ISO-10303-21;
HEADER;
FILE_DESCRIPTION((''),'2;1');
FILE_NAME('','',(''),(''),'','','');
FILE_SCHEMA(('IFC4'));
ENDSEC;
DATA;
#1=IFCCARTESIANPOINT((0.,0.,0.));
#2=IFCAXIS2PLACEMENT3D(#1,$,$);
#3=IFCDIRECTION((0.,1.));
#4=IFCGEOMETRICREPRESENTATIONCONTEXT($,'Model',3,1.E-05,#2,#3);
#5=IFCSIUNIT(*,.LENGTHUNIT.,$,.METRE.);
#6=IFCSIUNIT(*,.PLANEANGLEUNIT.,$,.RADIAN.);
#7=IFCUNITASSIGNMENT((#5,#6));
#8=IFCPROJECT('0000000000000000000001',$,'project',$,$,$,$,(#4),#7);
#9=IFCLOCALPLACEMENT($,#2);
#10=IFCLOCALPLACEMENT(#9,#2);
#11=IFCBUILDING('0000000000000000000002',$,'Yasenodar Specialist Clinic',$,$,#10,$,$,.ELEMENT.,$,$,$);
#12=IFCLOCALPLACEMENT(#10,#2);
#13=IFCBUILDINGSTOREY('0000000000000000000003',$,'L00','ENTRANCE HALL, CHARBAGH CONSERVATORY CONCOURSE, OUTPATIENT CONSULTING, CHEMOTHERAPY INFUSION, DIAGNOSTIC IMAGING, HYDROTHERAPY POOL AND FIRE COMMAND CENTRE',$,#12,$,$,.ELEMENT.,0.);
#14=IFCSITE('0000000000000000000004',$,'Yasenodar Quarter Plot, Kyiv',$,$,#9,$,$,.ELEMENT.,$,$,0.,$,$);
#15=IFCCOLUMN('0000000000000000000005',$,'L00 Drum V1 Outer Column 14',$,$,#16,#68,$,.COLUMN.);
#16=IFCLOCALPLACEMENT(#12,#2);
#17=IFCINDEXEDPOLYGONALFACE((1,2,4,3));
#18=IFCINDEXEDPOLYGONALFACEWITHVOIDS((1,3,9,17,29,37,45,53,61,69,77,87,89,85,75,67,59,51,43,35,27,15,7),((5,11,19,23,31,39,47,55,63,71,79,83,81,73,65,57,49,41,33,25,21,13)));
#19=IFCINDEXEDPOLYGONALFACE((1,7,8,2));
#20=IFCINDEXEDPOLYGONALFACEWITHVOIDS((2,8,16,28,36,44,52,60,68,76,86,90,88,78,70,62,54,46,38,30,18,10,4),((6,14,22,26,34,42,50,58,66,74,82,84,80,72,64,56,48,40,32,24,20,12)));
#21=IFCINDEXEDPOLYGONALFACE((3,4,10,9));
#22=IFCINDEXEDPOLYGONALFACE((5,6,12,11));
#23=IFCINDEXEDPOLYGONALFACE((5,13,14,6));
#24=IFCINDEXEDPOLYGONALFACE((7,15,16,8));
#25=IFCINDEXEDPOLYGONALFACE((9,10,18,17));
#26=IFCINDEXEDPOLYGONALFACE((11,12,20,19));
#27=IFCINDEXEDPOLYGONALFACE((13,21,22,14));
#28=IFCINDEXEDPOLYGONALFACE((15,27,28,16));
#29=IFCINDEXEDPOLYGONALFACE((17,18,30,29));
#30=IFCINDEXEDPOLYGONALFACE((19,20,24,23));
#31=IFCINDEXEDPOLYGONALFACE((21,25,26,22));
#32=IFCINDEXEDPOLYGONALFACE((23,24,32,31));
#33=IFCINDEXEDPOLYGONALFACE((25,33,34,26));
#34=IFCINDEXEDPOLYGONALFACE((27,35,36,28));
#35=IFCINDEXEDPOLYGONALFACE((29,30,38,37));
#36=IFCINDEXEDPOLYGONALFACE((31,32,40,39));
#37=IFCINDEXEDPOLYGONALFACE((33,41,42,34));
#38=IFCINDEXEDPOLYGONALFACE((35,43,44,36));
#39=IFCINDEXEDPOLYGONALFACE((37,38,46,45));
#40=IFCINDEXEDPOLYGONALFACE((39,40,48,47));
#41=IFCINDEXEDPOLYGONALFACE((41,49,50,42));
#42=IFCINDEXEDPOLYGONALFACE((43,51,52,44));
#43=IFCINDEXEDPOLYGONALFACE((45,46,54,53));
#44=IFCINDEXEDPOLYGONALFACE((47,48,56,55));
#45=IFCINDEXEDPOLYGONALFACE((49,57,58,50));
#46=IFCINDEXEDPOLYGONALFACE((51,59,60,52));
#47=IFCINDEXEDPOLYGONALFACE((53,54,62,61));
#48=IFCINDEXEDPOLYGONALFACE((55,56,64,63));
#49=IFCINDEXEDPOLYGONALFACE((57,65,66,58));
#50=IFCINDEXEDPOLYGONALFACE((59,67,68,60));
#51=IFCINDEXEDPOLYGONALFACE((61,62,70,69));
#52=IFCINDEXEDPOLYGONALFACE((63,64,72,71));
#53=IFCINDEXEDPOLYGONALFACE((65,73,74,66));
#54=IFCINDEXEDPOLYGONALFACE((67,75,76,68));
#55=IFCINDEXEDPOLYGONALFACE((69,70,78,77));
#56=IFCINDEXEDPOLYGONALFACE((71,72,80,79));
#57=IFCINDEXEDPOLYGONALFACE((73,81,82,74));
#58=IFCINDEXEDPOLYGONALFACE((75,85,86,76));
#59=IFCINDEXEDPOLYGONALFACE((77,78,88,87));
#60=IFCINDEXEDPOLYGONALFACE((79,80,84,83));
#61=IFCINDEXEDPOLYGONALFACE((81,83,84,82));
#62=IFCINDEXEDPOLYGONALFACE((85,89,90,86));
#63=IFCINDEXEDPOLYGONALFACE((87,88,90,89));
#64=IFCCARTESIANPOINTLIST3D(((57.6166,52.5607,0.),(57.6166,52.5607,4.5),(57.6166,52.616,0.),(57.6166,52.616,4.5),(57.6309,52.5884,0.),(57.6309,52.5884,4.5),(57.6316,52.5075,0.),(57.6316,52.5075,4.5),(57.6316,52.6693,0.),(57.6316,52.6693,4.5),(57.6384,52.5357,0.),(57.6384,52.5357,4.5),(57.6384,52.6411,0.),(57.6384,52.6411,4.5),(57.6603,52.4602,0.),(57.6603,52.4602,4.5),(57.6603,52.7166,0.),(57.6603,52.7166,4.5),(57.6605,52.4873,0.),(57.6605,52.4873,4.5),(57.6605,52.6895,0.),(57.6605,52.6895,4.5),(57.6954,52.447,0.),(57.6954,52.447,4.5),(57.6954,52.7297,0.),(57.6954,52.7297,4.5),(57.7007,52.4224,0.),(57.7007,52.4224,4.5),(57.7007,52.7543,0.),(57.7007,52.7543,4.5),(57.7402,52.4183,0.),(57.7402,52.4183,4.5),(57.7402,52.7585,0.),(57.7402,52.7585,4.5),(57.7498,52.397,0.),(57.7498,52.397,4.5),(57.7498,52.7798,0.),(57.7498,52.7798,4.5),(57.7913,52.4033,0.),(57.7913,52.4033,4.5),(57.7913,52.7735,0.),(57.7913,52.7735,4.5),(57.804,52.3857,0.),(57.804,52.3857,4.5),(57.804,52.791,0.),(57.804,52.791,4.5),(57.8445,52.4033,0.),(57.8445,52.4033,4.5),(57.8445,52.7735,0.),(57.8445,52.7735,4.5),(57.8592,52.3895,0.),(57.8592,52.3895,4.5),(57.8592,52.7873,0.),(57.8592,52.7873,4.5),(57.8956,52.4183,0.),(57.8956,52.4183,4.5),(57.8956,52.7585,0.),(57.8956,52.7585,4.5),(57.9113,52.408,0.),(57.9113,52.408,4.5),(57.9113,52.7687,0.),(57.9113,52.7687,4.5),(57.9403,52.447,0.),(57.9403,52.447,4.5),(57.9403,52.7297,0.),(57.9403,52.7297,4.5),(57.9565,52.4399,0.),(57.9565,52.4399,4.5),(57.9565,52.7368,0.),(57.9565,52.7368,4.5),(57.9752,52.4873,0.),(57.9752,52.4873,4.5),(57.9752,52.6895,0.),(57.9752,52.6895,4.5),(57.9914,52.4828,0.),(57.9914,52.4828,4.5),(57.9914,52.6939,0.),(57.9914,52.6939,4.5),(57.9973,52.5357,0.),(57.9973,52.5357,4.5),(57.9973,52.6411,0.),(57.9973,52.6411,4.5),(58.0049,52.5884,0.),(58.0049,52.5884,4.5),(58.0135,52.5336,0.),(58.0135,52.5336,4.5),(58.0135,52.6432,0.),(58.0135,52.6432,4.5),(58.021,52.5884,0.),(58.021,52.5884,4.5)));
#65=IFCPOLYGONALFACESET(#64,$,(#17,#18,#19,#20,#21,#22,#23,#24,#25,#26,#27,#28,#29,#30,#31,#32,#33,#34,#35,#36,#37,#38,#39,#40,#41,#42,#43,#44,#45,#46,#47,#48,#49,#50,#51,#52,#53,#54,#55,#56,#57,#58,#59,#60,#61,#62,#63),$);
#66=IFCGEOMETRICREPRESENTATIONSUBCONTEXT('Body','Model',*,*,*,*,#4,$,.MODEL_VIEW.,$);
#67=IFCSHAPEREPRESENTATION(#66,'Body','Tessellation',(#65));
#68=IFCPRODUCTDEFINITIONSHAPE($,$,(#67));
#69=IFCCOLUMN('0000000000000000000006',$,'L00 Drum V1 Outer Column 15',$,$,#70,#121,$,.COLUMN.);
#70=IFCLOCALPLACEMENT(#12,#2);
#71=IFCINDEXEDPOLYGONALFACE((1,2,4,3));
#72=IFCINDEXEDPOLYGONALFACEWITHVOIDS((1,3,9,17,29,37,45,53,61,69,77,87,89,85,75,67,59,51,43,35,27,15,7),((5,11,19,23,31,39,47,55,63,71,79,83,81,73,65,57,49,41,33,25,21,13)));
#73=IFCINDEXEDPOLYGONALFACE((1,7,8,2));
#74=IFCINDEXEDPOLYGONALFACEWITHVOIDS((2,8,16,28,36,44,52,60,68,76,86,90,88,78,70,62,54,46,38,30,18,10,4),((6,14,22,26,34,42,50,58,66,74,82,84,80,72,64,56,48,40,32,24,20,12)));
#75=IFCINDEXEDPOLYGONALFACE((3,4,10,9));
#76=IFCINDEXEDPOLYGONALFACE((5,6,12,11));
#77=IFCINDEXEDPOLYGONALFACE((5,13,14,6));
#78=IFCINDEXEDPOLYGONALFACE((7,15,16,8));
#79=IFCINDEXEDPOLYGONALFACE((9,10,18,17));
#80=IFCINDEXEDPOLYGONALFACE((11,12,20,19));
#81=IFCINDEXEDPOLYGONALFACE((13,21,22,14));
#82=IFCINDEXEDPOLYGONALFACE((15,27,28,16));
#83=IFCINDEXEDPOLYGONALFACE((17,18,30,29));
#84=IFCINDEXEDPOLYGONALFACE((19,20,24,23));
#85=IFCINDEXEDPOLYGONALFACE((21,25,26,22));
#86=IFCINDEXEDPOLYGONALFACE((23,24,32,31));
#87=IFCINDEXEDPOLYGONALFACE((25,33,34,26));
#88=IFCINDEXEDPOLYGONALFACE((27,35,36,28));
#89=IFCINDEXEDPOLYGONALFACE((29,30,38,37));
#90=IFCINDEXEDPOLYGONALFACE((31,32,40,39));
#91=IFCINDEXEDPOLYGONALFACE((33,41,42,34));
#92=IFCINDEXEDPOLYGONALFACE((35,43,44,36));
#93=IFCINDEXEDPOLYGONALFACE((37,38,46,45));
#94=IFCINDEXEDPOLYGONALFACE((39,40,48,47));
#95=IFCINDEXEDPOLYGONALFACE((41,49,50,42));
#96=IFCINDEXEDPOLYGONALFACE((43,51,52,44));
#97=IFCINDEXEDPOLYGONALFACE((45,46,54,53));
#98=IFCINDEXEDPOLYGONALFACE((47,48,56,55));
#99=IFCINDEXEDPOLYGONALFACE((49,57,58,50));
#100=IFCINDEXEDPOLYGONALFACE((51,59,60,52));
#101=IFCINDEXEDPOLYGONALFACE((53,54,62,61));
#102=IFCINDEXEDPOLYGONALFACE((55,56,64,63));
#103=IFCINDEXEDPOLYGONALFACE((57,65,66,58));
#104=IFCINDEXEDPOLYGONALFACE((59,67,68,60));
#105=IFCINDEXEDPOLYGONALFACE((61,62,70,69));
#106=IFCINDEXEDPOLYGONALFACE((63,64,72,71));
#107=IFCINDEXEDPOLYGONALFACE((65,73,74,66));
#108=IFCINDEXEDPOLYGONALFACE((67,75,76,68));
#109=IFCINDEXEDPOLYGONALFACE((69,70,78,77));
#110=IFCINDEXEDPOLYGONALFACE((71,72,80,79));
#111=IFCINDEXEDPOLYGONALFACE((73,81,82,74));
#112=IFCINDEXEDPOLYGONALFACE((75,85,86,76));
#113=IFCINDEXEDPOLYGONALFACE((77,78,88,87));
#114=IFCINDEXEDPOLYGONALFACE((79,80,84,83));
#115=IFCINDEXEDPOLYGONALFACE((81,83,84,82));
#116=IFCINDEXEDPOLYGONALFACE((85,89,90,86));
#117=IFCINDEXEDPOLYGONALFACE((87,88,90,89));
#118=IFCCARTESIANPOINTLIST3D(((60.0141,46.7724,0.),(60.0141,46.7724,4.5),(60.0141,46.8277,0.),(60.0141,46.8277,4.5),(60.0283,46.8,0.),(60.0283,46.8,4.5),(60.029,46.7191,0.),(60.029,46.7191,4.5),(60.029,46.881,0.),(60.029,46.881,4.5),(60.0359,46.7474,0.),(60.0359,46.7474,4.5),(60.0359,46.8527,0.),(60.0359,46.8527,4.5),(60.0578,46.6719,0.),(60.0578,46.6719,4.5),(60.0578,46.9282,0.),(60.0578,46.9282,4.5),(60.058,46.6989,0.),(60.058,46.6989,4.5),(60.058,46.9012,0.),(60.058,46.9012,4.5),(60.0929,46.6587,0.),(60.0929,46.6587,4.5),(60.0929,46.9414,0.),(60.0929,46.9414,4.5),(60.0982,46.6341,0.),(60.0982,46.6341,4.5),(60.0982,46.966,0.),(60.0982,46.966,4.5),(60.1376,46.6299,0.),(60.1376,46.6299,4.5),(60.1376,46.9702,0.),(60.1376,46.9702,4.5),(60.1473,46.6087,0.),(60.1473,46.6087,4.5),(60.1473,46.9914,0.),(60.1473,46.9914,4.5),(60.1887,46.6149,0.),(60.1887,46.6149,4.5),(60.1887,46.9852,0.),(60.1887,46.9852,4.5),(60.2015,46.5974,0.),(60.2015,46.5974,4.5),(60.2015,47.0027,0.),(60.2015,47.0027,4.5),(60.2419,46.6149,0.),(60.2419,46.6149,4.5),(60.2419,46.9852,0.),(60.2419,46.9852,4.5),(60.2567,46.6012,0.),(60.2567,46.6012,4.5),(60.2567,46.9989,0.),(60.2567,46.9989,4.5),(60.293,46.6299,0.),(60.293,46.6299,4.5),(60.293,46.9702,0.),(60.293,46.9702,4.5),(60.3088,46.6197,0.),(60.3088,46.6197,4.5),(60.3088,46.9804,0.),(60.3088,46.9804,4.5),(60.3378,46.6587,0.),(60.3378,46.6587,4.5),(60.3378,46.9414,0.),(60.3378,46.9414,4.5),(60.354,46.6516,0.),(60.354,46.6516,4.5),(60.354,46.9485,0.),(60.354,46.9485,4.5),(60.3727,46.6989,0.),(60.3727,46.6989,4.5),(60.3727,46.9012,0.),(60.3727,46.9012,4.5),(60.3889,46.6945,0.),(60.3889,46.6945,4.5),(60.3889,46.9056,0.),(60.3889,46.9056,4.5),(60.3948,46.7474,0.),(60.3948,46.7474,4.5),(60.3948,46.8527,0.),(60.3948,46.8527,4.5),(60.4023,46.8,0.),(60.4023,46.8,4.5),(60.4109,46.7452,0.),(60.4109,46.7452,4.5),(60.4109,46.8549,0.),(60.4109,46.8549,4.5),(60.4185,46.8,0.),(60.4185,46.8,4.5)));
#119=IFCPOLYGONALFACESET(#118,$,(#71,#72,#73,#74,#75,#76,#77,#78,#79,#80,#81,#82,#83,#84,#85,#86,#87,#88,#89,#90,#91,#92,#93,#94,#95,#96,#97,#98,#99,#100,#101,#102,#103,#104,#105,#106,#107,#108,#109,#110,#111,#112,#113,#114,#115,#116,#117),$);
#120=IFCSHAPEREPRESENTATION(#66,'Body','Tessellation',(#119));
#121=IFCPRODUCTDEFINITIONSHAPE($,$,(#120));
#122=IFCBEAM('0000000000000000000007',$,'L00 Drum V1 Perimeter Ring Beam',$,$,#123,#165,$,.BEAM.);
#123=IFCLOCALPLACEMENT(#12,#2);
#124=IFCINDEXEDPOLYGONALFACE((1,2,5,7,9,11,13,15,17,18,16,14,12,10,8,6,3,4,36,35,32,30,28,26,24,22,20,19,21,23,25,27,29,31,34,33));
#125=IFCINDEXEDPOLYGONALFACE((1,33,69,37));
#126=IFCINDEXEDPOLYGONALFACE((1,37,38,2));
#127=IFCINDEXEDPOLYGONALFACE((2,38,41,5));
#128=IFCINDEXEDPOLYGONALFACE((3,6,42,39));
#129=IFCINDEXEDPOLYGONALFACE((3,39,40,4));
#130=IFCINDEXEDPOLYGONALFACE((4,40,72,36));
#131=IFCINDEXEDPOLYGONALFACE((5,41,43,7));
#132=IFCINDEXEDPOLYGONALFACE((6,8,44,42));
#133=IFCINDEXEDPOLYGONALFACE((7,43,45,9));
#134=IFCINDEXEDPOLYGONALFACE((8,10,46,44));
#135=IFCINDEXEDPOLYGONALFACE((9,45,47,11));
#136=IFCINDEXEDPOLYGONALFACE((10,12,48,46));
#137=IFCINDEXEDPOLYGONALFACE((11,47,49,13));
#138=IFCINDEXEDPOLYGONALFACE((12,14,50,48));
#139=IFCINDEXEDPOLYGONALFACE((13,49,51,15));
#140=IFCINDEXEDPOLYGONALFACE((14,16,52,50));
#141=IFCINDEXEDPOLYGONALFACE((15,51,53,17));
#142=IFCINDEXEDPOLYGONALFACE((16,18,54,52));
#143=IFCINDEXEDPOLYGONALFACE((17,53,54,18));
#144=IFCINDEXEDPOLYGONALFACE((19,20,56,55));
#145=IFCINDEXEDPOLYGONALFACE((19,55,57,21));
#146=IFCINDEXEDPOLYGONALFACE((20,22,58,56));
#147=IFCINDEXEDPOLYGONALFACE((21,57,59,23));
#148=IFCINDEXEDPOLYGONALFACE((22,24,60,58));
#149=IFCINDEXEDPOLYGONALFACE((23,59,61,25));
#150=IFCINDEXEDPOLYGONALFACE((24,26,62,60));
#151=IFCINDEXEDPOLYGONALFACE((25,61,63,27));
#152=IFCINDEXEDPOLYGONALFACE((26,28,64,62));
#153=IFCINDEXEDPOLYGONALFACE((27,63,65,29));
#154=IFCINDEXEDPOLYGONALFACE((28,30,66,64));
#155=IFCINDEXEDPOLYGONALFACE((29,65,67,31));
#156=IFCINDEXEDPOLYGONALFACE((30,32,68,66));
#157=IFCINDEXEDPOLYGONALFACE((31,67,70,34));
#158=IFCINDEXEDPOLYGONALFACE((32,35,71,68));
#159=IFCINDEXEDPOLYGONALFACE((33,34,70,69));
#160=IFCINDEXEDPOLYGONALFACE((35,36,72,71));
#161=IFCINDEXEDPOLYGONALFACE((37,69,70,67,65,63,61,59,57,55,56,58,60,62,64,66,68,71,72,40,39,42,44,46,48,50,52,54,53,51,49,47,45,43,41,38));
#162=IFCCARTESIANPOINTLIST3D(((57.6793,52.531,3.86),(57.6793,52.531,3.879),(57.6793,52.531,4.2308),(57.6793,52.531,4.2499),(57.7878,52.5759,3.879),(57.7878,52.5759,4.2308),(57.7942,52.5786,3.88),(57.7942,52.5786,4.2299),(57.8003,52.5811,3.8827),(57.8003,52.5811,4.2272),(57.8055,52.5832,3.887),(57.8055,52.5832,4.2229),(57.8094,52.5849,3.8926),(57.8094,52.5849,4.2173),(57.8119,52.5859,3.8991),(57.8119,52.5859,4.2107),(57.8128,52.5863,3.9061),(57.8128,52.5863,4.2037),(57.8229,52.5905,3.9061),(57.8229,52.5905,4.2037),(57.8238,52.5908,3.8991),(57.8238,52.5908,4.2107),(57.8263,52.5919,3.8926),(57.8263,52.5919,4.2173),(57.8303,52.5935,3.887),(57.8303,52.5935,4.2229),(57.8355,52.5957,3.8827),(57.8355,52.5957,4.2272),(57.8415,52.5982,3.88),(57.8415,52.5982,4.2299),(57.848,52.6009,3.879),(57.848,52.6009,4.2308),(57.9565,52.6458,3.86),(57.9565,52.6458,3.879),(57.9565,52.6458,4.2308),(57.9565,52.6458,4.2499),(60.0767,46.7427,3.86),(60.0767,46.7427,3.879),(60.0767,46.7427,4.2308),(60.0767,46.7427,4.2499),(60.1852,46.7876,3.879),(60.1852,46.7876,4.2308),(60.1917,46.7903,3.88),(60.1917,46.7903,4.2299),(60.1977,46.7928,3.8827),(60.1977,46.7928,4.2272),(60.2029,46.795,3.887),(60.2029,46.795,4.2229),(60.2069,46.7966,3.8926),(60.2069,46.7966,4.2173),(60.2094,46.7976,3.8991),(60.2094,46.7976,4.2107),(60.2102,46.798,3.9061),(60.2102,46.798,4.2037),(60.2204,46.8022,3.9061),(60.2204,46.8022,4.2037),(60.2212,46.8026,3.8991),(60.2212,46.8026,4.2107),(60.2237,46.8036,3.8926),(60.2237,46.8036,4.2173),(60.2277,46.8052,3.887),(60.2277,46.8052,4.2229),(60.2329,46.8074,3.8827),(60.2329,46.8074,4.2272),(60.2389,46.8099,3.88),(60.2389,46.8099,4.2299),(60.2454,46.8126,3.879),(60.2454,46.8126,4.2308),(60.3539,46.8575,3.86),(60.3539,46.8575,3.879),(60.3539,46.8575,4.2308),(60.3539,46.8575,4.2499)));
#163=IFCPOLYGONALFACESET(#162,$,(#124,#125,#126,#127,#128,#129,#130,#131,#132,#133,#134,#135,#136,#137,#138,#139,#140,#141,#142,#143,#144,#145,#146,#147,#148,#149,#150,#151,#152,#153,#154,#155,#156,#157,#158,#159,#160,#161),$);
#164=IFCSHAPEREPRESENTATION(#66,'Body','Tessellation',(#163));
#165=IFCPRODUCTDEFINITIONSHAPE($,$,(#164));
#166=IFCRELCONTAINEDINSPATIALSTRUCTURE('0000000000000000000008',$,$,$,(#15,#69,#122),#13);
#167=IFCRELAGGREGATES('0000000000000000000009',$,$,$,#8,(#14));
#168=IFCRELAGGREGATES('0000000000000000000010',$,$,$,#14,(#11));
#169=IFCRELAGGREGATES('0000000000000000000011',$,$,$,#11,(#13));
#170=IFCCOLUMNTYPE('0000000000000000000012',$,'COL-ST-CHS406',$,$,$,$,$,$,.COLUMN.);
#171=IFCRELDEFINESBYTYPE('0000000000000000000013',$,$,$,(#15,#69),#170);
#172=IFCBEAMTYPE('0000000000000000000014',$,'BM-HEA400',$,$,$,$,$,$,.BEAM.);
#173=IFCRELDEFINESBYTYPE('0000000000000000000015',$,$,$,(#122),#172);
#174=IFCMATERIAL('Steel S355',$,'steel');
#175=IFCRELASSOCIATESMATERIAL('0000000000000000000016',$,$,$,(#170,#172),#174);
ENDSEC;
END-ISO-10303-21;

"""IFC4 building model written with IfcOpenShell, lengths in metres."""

from ifc_helpers import new_model, si_unit, direction, frame, origin, origin_2d, place, context, subcontext, project, spatial, hollow_circle, i_section, extrude, material, material_profile, profile_set, type_object, element, save


model = new_model("IFC4")

# Units and contexts
model_context = context("Model", 3, precision=1e-05, world=origin(), true_north=direction((0.0, 1.0)))
body_context = subcontext(model_context, "Body", "Model", "MODEL_VIEW")
ifc_project = project(units=[si_unit("LENGTHUNIT", "METRE"), si_unit("PLANEANGLEUNIT", "RADIAN")], contexts=[model_context])

# Site, building, storey
site_placement = place(None, origin())
site = spatial("IfcSite", under=ifc_project, at=site_placement, Name="Yasenodar Quarter Plot, Kyiv", CompositionType="ELEMENT", RefElevation=0.0)
building_placement = place(site_placement, origin())
building = spatial("IfcBuilding", under=site, at=building_placement, Name="Yasenodar Specialist Clinic", CompositionType="ELEMENT")
storey_placement = place(building_placement, origin())
storey = spatial("IfcBuildingStorey", under=building, at=storey_placement, Name="L00", Description="ENTRANCE HALL, CHARBAGH CONSERVATORY CONCOURSE, OUTPATIENT CONSULTING, CHEMOTHERAPY INFUSION, DIAGNOSTIC IMAGING, HYDROTHERAPY POOL AND FIRE COMMAND CENTRE", CompositionType="ELEMENT", Elevation=0.0)

# Columns
ifc_material_1 = material(Name="Steel S355", Category="steel")
ifc_material_profile_1 = material_profile(ifc_material_1, hollow_circle(Radius=0.2031, WallThickness=0.0161, at=origin_2d()), Name="CHS 406.4x16")
ifc_profile_set_1 = profile_set([ifc_material_profile_1], Name="Steel S355")
column_type = type_object("IfcColumnType", Name="COL-ST-CHS406", PredefinedType="COLUMN", material=ifc_profile_set_1)
for number, where, z_axis, x_axis, name in (
    (1, (57.8179, 52.5884, 0.0), (0.0, 0.0, 1.0), (1.0, 0.0, 0.0), "L00 Drum V1 Outer Column 14"),
    (2, (60.2153, 46.8, 0.0), (0.0, 0.0, 1.0), (1.0, 0.0, 0.0), "L00 Drum V1 Outer Column 15"),
):
    element("IfcColumn", number, at=place(storey_placement, frame(where, z_axis=z_axis, x_axis=x_axis)), inside=storey, type_object=column_type, Name=name, PredefinedType="COLUMN", context=body_context, shape_type="SweptSolid", body=[
        extrude(hollow_circle(Radius=0.2031, WallThickness=0.0161, at=origin_2d()), origin(), (0.0, 0.0, 1.0), 4.5),
    ])

# Beam
ifc_material_profile_2 = material_profile(ifc_material_1, i_section(OverallWidth=0.3, OverallDepth=0.3899, WebThickness=0.011, FlangeThickness=0.019, FilletRadius=0.0271, at=origin_2d()), Name="HEA 400")
ifc_profile_set_2 = profile_set([ifc_material_profile_2], Name="Steel S355")
beam_type = type_object("IfcBeamType", Name="BM-HEA400", PredefinedType="BEAM", material=ifc_profile_set_2)
beam_1_placement = place(storey_placement, frame((57.8179, 52.5884, 4.0549), z_axis=(0.382664, -0.923888, 0.0), x_axis=(0.923888, 0.382664, 0.0)))
element("IfcBeam", 3, at=beam_1_placement, inside=storey, type_object=beam_type, Name="L00 Drum V1 Perimeter Ring Beam", PredefinedType="BEAM", context=body_context, shape_type="SweptSolid", body=[
    extrude(i_section(OverallWidth=0.3, OverallDepth=0.3899, WebThickness=0.011, FlangeThickness=0.019, FilletRadius=0.0271, at=origin_2d()), origin(), (0.0, 0.0, 1.0), 6.2651),
])

save(model, "model.ifc")
